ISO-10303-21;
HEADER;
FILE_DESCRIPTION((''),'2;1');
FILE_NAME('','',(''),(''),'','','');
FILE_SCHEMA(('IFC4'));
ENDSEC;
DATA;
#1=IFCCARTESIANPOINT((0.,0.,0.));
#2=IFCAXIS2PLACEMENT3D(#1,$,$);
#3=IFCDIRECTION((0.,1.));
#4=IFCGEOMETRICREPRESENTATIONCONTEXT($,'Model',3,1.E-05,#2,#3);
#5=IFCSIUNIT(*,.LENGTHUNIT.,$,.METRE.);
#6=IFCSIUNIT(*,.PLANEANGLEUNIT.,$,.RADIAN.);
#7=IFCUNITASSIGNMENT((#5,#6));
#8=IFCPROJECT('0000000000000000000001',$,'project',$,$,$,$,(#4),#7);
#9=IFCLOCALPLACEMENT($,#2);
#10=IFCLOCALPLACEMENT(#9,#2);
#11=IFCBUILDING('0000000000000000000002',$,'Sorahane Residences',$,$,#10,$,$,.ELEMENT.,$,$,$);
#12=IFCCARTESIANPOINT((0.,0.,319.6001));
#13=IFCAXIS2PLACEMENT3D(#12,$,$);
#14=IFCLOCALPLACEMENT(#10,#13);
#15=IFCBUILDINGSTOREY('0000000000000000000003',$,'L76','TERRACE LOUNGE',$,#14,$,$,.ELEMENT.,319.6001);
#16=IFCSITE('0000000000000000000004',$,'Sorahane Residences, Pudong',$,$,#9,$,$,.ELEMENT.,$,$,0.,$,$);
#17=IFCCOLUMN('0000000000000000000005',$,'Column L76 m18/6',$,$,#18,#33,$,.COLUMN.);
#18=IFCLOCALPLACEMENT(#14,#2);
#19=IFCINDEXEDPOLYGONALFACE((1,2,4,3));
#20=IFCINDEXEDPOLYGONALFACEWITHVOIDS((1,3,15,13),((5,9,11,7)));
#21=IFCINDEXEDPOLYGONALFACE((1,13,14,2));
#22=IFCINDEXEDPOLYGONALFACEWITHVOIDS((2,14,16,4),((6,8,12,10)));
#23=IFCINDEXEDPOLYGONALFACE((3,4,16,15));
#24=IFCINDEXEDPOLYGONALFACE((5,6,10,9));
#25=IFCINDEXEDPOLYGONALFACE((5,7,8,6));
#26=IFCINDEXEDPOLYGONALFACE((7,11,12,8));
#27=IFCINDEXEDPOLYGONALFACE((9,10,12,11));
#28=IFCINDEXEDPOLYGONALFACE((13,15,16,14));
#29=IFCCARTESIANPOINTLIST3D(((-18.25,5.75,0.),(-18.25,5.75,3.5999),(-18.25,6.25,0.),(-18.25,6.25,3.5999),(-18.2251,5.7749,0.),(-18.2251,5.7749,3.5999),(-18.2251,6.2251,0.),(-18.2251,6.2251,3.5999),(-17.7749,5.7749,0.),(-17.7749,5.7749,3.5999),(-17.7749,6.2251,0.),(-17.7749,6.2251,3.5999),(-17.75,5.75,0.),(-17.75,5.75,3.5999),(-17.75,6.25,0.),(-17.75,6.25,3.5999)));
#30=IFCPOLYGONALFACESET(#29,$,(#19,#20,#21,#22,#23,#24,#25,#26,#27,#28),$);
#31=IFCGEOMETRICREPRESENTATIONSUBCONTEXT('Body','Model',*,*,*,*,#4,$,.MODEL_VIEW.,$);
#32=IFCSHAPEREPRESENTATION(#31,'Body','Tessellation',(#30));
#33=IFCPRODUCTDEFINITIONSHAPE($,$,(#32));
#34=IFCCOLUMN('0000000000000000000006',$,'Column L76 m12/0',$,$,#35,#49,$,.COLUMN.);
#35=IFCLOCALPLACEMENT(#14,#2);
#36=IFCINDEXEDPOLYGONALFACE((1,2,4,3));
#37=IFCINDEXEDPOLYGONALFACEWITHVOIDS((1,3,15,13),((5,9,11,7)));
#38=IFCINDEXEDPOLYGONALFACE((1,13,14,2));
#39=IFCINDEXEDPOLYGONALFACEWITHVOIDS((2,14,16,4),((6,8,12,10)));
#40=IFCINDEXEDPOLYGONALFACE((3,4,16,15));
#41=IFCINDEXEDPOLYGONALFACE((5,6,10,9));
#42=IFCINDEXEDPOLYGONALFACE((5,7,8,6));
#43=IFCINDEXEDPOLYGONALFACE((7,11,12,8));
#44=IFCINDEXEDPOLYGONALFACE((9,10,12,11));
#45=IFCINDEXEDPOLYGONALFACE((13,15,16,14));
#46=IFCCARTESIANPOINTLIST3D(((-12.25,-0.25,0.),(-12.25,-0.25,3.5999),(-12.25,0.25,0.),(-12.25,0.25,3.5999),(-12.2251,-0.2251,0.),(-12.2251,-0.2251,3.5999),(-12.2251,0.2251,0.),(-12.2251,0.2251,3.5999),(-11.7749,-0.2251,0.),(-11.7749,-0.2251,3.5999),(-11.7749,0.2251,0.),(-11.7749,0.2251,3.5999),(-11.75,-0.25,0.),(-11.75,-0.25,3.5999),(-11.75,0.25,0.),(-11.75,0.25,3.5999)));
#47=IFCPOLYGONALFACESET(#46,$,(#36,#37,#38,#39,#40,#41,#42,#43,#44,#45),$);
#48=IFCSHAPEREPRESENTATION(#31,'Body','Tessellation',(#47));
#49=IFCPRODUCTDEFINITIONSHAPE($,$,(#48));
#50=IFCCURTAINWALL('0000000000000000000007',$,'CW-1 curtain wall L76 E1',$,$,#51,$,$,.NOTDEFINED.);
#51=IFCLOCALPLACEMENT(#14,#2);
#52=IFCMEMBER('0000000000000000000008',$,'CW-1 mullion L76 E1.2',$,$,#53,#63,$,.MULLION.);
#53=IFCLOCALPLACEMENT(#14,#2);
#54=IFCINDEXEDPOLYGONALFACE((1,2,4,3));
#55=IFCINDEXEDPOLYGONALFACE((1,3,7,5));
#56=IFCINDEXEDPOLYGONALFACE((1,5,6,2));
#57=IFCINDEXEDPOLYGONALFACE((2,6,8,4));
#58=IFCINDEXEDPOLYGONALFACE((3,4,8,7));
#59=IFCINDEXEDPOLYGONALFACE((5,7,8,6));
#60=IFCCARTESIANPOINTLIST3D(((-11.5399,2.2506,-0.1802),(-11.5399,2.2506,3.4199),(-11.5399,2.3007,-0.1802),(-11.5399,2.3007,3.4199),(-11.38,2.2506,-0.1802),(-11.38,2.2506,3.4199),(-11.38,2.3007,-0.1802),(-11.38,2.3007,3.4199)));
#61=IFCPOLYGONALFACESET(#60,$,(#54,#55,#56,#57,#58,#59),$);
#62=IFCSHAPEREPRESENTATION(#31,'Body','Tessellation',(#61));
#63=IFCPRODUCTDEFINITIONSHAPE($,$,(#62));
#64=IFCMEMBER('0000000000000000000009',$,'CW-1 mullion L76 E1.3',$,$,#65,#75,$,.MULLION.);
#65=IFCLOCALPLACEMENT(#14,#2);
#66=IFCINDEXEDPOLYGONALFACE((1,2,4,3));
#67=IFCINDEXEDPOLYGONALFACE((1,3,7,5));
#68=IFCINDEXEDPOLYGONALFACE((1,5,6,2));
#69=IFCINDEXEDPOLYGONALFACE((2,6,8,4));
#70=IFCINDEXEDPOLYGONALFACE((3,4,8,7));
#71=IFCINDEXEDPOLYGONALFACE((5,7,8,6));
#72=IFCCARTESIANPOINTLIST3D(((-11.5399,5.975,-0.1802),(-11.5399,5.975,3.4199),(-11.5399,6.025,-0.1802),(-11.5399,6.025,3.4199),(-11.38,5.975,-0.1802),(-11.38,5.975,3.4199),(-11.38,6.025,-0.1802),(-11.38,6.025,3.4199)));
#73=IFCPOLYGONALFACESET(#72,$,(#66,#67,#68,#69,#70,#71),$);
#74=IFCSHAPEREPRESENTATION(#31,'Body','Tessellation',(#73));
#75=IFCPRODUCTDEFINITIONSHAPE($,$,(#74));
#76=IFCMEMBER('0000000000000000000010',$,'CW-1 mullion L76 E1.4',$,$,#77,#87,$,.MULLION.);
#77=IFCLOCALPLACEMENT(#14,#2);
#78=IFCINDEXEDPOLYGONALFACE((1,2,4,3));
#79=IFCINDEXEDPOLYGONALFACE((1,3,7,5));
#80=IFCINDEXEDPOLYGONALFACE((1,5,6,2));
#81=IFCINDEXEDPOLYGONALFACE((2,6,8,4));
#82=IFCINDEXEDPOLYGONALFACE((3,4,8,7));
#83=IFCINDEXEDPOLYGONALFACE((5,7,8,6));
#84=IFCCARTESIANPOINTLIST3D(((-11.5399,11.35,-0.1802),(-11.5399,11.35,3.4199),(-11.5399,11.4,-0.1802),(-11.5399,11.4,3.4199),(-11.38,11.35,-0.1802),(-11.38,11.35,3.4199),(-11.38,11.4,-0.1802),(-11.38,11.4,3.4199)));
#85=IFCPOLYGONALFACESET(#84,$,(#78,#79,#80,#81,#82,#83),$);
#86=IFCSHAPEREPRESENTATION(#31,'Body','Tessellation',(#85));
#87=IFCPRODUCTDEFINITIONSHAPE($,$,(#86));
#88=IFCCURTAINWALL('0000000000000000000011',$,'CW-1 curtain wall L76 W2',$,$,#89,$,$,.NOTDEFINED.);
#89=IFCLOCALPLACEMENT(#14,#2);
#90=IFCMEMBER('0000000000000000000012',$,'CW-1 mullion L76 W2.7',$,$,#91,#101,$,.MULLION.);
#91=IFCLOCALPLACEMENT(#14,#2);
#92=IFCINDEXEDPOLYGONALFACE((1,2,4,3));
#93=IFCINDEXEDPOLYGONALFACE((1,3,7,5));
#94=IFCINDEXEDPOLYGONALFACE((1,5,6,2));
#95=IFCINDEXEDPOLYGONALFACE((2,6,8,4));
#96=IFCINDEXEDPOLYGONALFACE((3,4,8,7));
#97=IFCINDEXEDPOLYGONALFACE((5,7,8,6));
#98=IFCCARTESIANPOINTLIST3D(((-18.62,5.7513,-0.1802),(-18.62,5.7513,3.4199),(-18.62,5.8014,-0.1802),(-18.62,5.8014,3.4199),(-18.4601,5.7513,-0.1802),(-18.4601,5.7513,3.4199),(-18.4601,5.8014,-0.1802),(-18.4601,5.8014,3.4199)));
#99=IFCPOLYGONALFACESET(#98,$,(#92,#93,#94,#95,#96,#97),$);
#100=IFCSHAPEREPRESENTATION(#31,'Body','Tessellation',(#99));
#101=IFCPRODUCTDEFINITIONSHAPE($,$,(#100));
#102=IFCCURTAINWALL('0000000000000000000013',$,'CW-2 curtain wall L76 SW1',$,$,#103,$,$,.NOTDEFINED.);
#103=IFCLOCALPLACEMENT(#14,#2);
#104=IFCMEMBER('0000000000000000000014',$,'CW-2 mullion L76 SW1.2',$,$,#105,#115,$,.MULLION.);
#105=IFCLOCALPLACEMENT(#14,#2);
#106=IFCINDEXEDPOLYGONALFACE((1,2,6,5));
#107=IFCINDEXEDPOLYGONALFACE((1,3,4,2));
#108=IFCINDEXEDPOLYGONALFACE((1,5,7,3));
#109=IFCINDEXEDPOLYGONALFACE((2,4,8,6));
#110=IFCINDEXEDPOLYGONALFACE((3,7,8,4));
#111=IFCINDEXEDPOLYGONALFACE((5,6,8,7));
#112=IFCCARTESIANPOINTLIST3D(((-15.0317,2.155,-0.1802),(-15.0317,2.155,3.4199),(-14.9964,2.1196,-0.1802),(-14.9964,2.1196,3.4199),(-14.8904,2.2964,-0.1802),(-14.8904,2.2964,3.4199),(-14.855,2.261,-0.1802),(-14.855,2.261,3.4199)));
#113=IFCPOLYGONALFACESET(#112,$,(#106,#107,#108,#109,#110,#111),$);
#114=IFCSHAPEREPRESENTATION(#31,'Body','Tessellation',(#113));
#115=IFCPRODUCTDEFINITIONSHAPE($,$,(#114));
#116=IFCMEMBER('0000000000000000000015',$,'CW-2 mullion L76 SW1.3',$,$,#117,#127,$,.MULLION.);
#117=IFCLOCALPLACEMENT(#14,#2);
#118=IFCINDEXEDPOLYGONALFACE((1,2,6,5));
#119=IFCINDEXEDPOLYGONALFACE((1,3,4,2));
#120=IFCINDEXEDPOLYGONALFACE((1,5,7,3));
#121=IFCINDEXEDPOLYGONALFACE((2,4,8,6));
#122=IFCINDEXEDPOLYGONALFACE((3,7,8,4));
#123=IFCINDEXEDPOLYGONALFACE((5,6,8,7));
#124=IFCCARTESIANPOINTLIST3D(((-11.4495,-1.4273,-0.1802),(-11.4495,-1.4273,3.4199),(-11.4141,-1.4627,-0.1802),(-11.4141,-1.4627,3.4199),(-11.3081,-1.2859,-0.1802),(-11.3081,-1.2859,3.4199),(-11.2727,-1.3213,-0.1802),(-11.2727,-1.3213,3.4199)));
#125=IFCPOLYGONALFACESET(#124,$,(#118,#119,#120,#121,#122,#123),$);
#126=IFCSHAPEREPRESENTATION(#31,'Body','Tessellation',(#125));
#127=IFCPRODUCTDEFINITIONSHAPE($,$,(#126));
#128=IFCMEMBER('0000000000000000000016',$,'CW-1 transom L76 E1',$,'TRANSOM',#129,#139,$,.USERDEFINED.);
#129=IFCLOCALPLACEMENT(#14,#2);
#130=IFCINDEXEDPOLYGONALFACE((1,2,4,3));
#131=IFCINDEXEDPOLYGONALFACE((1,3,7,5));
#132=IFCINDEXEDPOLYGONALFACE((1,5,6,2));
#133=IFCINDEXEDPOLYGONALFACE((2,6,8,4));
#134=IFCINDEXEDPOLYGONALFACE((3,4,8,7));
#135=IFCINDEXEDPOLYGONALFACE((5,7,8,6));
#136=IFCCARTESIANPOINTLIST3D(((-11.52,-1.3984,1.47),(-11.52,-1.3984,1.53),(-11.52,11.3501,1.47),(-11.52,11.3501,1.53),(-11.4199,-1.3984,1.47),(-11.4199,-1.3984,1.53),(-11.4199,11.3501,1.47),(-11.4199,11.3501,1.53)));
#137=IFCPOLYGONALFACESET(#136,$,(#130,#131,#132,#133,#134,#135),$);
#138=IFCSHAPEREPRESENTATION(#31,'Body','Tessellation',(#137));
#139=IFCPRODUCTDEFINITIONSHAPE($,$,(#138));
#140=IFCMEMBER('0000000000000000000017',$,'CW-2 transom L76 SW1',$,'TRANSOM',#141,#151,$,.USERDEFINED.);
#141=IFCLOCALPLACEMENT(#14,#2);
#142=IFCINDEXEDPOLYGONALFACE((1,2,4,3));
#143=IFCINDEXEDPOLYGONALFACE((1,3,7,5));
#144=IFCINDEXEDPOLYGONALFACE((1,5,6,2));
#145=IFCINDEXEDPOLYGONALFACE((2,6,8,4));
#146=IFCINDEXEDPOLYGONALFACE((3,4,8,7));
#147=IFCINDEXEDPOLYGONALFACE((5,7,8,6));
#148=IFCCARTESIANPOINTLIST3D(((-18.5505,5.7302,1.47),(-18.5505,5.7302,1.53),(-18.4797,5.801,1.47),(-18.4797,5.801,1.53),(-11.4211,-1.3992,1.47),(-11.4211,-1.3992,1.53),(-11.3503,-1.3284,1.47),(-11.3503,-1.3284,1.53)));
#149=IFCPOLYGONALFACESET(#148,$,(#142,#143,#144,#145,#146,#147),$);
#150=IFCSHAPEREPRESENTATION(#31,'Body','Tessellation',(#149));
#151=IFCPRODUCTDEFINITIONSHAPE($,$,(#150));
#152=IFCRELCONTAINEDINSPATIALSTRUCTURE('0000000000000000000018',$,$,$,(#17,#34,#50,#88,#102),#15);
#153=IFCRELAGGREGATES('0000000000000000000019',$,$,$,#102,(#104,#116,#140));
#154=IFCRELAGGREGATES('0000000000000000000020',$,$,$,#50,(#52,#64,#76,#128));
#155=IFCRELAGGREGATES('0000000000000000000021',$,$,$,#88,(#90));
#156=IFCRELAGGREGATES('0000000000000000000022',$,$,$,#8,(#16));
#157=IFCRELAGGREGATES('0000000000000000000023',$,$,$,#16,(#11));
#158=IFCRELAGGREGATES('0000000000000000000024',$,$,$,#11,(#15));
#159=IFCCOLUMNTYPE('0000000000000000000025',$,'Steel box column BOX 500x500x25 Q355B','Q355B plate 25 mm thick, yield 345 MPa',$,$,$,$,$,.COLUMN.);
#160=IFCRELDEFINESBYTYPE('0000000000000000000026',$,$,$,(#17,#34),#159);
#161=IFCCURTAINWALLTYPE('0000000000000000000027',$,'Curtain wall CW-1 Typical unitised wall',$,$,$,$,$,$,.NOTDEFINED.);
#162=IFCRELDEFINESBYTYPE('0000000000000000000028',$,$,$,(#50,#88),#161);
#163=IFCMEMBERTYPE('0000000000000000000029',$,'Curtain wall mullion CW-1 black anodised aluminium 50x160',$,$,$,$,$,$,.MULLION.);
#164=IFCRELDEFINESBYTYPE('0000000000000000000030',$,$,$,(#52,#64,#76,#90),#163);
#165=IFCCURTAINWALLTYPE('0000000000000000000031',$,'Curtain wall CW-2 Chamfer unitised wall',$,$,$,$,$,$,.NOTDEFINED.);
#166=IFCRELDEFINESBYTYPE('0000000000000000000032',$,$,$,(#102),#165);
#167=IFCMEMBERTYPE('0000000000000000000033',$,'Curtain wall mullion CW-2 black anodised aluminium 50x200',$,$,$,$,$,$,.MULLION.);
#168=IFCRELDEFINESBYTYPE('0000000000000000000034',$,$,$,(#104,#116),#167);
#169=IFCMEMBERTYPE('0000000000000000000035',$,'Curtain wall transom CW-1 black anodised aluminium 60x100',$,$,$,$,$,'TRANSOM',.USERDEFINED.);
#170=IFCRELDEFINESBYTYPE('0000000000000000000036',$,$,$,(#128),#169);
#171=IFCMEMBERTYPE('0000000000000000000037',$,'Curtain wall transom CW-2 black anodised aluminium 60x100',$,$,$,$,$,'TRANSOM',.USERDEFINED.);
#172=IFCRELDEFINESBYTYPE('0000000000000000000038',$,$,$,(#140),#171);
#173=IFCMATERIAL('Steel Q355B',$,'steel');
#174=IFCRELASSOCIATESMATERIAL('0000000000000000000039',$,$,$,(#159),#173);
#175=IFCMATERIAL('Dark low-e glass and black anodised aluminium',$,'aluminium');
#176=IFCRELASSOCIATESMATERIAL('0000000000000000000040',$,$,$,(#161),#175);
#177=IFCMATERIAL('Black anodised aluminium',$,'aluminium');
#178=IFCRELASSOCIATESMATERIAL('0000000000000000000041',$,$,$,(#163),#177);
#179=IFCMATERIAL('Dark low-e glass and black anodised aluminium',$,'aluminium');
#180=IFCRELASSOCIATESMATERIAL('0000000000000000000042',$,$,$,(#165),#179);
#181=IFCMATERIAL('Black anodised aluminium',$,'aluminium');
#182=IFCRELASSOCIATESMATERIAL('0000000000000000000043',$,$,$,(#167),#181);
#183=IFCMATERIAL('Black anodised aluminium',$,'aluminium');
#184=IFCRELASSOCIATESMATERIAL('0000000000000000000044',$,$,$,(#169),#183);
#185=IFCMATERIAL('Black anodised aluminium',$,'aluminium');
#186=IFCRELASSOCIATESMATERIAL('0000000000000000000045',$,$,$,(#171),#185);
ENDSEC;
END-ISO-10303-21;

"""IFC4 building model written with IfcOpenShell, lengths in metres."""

from ifc_helpers import new_model, si_unit, direction, frame, origin, origin_2d, place, context, subcontext, project, spatial, rectangle, hollow_rectangle, extrude, material, material_profile, profile_set, type_object, element, aggregate, save


model = new_model("IFC4")

# Units and contexts
model_context = context("Model", 3, precision=1e-05, world=origin(), true_north=direction((0.0, 1.0)))
body_context = subcontext(model_context, "Body", "Model", "MODEL_VIEW")
ifc_project = project(units=[si_unit("LENGTHUNIT", "METRE"), si_unit("PLANEANGLEUNIT", "RADIAN")], contexts=[model_context])

# Site, building, storey
site_placement = place(None, origin())
site = spatial("IfcSite", under=ifc_project, at=site_placement, Name="Sorahane Residences, Pudong", CompositionType="ELEMENT", RefElevation=0.0)
building_placement = place(site_placement, origin())
building = spatial("IfcBuilding", under=site, at=building_placement, Name="Sorahane Residences", CompositionType="ELEMENT")
storey_placement = place(building_placement, frame((0.0, 0.0, 319.6001)))
storey = spatial("IfcBuildingStorey", under=building, at=storey_placement, Name="L76", Description="TERRACE LOUNGE", CompositionType="ELEMENT", Elevation=319.6001)

# Columns
ifc_material_1 = material(Name="Steel Q355B", Category="steel")
ifc_material_profile_1 = material_profile(ifc_material_1, hollow_rectangle(XDim=0.5, YDim=0.5, WallThickness=0.0249, at=origin_2d()), Name="BOX 500x500x25")
ifc_profile_set_1 = profile_set([ifc_material_profile_1], Name="Steel Q355B")
column_type = type_object("IfcColumnType", Name="Steel box column BOX 500x500x25 Q355B", Description="Q355B plate 25 mm thick, yield 345 MPa", PredefinedType="COLUMN", material=ifc_profile_set_1)
for number, where, z_axis, x_axis, name in (
    (1, (-18.0, 6.0, 0.0), (0.0, 0.0, 1.0), (1.0, 0.0, 0.0), "Column L76 m18/6"),
    (2, (-12.0, 0.0, 0.0), (0.0, 0.0, 1.0), (1.0, 0.0, 0.0), "Column L76 m12/0"),
):
    element("IfcColumn", number, at=place(storey_placement, frame(where, z_axis=z_axis, x_axis=x_axis)), inside=storey, type_object=column_type, Name=name, PredefinedType="COLUMN", context=body_context, shape_type="SweptSolid", body=[
        extrude(hollow_rectangle(XDim=0.5, YDim=0.5, WallThickness=0.0249, at=origin_2d()), origin(), (0.0, 0.0, 1.0), 3.5999),
    ])

# Curtain wall, members
ifc_material_2 = material(Name="Dark low-e glass and black anodised aluminium", Category="aluminium")
curtain_wall_type_1 = type_object("IfcCurtainWallType", Name="Curtain wall CW-1 Typical unitised wall", PredefinedType="NOTDEFINED", material=ifc_material_2)
curtain_wall_1_placement = place(storey_placement, origin())
curtain_wall_1 = element("IfcCurtainWall", 3, at=curtain_wall_1_placement, inside=storey, type_object=curtain_wall_type_1, Name="CW-1 curtain wall L76 E1", PredefinedType="NOTDEFINED")
ifc_material_3 = material(Name="Black anodised aluminium", Category="aluminium")
ifc_material_profile_2 = material_profile(ifc_material_3, rectangle(XDim=0.1599, YDim=0.05, at=origin_2d()), Name="Curtain wall mullion CW-1 black anodised aluminium 50x160")
ifc_profile_set_2 = profile_set([ifc_material_profile_2], Name="Black anodised aluminium")
member_type_1 = type_object("IfcMemberType", Name="Curtain wall mullion CW-1 black anodised aluminium 50x160", PredefinedType="MULLION", material=ifc_profile_set_2)
member_1_placement = place(storey_placement, frame((-11.46, 2.2756, -0.1802), z_axis=(0.0, 0.0, 1.0), x_axis=(1.0, 0.0, 0.0)))
member_1 = element("IfcMember", 4, at=member_1_placement, type_object=member_type_1, Name="CW-1 mullion L76 E1.2", PredefinedType="MULLION", context=body_context, shape_type="SweptSolid", body=[
    extrude(rectangle(XDim=0.1599, YDim=0.05, at=origin_2d()), origin(), (0.0, 0.0, 1.0), 3.6001),
])
member_2_placement = place(storey_placement, frame((-11.46, 6.0, -0.1802), z_axis=(0.0, 0.0, 1.0), x_axis=(1.0, 0.0, 0.0)))
member_2 = element("IfcMember", 5, at=member_2_placement, type_object=member_type_1, Name="CW-1 mullion L76 E1.3", PredefinedType="MULLION", context=body_context, shape_type="SweptSolid", body=[
    extrude(rectangle(XDim=0.1599, YDim=0.05, at=origin_2d()), origin(), (0.0, 0.0, 1.0), 3.6001),
])
member_3_placement = place(storey_placement, frame((-11.46, 11.375, -0.1802), z_axis=(0.0, 0.0, 1.0), x_axis=(1.0, 0.0, 0.0)))
member_3 = element("IfcMember", 6, at=member_3_placement, type_object=member_type_1, Name="CW-1 mullion L76 E1.4", PredefinedType="MULLION", context=body_context, shape_type="SweptSolid", body=[
    extrude(rectangle(XDim=0.1599, YDim=0.05, at=origin_2d()), origin(), (0.0, 0.0, 1.0), 3.6001),
])

# Curtain wall, member
curtain_wall_2_placement = place(storey_placement, origin())
curtain_wall_2 = element("IfcCurtainWall", 7, at=curtain_wall_2_placement, inside=storey, type_object=curtain_wall_type_1, Name="CW-1 curtain wall L76 W2", PredefinedType="NOTDEFINED")
member_4_placement = place(storey_placement, frame((-18.54, 5.7764, -0.1802), z_axis=(0.0, 0.0, 1.0), x_axis=(-1.0, 0.0, 0.0)))
member_4 = element("IfcMember", 8, at=member_4_placement, type_object=member_type_1, Name="CW-1 mullion L76 W2.7", PredefinedType="MULLION", context=body_context, shape_type="SweptSolid", body=[
    extrude(rectangle(XDim=0.1599, YDim=0.05, at=origin_2d()), origin(), (0.0, 0.0, 1.0), 3.6001),
])

# Curtain wall, members
ifc_material_4 = material(Name="Dark low-e glass and black anodised aluminium", Category="aluminium")
curtain_wall_type_2 = type_object("IfcCurtainWallType", Name="Curtain wall CW-2 Chamfer unitised wall", PredefinedType="NOTDEFINED", material=ifc_material_4)
curtain_wall_3_placement = place(storey_placement, origin())
curtain_wall_3 = element("IfcCurtainWall", 9, at=curtain_wall_3_placement, inside=storey, type_object=curtain_wall_type_2, Name="CW-2 curtain wall L76 SW1", PredefinedType="NOTDEFINED")
ifc_material_5 = material(Name="Black anodised aluminium", Category="aluminium")
ifc_material_profile_3 = material_profile(ifc_material_5, rectangle(XDim=0.2, YDim=0.05, at=origin_2d()), Name="Curtain wall mullion CW-2 black anodised aluminium 50x200")
ifc_profile_set_3 = profile_set([ifc_material_profile_3], Name="Black anodised aluminium")
member_type_2 = type_object("IfcMemberType", Name="Curtain wall mullion CW-2 black anodised aluminium 50x200", PredefinedType="MULLION", material=ifc_profile_set_3)
member_5_placement = place(storey_placement, frame((-14.9434, 2.208, -0.1802), z_axis=(0.0, 0.0, 1.0), x_axis=(-0.707107, -0.707107, 0.0)))
member_5 = element("IfcMember", 10, at=member_5_placement, type_object=member_type_2, Name="CW-2 mullion L76 SW1.2", PredefinedType="MULLION", context=body_context, shape_type="SweptSolid", body=[
    extrude(rectangle(XDim=0.2, YDim=0.05, at=origin_2d()), origin(), (0.0, 0.0, 1.0), 3.6001),
])
member_6_placement = place(storey_placement, frame((-11.3611, -1.3743, -0.1802), z_axis=(0.0, 0.0, 1.0), x_axis=(-0.707107, -0.707107, 0.0)))
member_6 = element("IfcMember", 11, at=member_6_placement, type_object=member_type_2, Name="CW-2 mullion L76 SW1.3", PredefinedType="MULLION", context=body_context, shape_type="SweptSolid", body=[
    extrude(rectangle(XDim=0.2, YDim=0.05, at=origin_2d()), origin(), (0.0, 0.0, 1.0), 3.6001),
])

# Members
ifc_material_6 = material(Name="Black anodised aluminium", Category="aluminium")
ifc_material_profile_4 = material_profile(ifc_material_6, rectangle(XDim=0.1001, YDim=0.0601, at=origin_2d()), Name="Curtain wall transom CW-1 black anodised aluminium 60x100")
ifc_profile_set_4 = profile_set([ifc_material_profile_4], Name="Black anodised aluminium")
member_type_3 = type_object("IfcMemberType", Name="Curtain wall transom CW-1 black anodised aluminium 60x100", ElementType="TRANSOM", PredefinedType="USERDEFINED", material=ifc_profile_set_4)
member_7_placement = place(storey_placement, frame((-11.47, -1.3984, 1.5), z_axis=(0.0, 1.0, 0.0), x_axis=(-1.0, 0.0, 0.0)))
member_7 = element("IfcMember", 12, at=member_7_placement, type_object=member_type_3, Name="CW-1 transom L76 E1", ObjectType="TRANSOM", PredefinedType="USERDEFINED", context=body_context, shape_type="SweptSolid", body=[
    extrude(rectangle(XDim=0.1001, YDim=0.0601, at=origin_2d()), origin(), (0.0, 0.0, 1.0), 12.7485),
])
ifc_material_7 = material(Name="Black anodised aluminium", Category="aluminium")
ifc_material_profile_5 = material_profile(ifc_material_7, rectangle(XDim=0.1001, YDim=0.0601, at=origin_2d()), Name="Curtain wall transom CW-2 black anodised aluminium 60x100")
ifc_profile_set_5 = profile_set([ifc_material_profile_5], Name="Black anodised aluminium")
member_type_4 = type_object("IfcMemberType", Name="Curtain wall transom CW-2 black anodised aluminium 60x100", ElementType="TRANSOM", PredefinedType="USERDEFINED", material=ifc_profile_set_5)
member_8_placement = place(storey_placement, frame((-18.5151, 5.7656, 1.5), z_axis=(0.707107, -0.707107, 0.0), x_axis=(0.707107, 0.707107, 0.0)))
member_8 = element("IfcMember", 13, at=member_8_placement, type_object=member_type_4, Name="CW-2 transom L76 SW1", ObjectType="TRANSOM", PredefinedType="USERDEFINED", context=body_context, shape_type="SweptSolid", body=[
    extrude(rectangle(XDim=0.1001, YDim=0.0601, at=origin_2d()), origin(), (0.0, 0.0, 1.0), 10.0825),
])

aggregate(curtain_wall_3, [member_5, member_6, member_8])
aggregate(curtain_wall_1, [member_1, member_2, member_3, member_7])

aggregate(curtain_wall_2, [member_4])

save(model, "model.ifc")
